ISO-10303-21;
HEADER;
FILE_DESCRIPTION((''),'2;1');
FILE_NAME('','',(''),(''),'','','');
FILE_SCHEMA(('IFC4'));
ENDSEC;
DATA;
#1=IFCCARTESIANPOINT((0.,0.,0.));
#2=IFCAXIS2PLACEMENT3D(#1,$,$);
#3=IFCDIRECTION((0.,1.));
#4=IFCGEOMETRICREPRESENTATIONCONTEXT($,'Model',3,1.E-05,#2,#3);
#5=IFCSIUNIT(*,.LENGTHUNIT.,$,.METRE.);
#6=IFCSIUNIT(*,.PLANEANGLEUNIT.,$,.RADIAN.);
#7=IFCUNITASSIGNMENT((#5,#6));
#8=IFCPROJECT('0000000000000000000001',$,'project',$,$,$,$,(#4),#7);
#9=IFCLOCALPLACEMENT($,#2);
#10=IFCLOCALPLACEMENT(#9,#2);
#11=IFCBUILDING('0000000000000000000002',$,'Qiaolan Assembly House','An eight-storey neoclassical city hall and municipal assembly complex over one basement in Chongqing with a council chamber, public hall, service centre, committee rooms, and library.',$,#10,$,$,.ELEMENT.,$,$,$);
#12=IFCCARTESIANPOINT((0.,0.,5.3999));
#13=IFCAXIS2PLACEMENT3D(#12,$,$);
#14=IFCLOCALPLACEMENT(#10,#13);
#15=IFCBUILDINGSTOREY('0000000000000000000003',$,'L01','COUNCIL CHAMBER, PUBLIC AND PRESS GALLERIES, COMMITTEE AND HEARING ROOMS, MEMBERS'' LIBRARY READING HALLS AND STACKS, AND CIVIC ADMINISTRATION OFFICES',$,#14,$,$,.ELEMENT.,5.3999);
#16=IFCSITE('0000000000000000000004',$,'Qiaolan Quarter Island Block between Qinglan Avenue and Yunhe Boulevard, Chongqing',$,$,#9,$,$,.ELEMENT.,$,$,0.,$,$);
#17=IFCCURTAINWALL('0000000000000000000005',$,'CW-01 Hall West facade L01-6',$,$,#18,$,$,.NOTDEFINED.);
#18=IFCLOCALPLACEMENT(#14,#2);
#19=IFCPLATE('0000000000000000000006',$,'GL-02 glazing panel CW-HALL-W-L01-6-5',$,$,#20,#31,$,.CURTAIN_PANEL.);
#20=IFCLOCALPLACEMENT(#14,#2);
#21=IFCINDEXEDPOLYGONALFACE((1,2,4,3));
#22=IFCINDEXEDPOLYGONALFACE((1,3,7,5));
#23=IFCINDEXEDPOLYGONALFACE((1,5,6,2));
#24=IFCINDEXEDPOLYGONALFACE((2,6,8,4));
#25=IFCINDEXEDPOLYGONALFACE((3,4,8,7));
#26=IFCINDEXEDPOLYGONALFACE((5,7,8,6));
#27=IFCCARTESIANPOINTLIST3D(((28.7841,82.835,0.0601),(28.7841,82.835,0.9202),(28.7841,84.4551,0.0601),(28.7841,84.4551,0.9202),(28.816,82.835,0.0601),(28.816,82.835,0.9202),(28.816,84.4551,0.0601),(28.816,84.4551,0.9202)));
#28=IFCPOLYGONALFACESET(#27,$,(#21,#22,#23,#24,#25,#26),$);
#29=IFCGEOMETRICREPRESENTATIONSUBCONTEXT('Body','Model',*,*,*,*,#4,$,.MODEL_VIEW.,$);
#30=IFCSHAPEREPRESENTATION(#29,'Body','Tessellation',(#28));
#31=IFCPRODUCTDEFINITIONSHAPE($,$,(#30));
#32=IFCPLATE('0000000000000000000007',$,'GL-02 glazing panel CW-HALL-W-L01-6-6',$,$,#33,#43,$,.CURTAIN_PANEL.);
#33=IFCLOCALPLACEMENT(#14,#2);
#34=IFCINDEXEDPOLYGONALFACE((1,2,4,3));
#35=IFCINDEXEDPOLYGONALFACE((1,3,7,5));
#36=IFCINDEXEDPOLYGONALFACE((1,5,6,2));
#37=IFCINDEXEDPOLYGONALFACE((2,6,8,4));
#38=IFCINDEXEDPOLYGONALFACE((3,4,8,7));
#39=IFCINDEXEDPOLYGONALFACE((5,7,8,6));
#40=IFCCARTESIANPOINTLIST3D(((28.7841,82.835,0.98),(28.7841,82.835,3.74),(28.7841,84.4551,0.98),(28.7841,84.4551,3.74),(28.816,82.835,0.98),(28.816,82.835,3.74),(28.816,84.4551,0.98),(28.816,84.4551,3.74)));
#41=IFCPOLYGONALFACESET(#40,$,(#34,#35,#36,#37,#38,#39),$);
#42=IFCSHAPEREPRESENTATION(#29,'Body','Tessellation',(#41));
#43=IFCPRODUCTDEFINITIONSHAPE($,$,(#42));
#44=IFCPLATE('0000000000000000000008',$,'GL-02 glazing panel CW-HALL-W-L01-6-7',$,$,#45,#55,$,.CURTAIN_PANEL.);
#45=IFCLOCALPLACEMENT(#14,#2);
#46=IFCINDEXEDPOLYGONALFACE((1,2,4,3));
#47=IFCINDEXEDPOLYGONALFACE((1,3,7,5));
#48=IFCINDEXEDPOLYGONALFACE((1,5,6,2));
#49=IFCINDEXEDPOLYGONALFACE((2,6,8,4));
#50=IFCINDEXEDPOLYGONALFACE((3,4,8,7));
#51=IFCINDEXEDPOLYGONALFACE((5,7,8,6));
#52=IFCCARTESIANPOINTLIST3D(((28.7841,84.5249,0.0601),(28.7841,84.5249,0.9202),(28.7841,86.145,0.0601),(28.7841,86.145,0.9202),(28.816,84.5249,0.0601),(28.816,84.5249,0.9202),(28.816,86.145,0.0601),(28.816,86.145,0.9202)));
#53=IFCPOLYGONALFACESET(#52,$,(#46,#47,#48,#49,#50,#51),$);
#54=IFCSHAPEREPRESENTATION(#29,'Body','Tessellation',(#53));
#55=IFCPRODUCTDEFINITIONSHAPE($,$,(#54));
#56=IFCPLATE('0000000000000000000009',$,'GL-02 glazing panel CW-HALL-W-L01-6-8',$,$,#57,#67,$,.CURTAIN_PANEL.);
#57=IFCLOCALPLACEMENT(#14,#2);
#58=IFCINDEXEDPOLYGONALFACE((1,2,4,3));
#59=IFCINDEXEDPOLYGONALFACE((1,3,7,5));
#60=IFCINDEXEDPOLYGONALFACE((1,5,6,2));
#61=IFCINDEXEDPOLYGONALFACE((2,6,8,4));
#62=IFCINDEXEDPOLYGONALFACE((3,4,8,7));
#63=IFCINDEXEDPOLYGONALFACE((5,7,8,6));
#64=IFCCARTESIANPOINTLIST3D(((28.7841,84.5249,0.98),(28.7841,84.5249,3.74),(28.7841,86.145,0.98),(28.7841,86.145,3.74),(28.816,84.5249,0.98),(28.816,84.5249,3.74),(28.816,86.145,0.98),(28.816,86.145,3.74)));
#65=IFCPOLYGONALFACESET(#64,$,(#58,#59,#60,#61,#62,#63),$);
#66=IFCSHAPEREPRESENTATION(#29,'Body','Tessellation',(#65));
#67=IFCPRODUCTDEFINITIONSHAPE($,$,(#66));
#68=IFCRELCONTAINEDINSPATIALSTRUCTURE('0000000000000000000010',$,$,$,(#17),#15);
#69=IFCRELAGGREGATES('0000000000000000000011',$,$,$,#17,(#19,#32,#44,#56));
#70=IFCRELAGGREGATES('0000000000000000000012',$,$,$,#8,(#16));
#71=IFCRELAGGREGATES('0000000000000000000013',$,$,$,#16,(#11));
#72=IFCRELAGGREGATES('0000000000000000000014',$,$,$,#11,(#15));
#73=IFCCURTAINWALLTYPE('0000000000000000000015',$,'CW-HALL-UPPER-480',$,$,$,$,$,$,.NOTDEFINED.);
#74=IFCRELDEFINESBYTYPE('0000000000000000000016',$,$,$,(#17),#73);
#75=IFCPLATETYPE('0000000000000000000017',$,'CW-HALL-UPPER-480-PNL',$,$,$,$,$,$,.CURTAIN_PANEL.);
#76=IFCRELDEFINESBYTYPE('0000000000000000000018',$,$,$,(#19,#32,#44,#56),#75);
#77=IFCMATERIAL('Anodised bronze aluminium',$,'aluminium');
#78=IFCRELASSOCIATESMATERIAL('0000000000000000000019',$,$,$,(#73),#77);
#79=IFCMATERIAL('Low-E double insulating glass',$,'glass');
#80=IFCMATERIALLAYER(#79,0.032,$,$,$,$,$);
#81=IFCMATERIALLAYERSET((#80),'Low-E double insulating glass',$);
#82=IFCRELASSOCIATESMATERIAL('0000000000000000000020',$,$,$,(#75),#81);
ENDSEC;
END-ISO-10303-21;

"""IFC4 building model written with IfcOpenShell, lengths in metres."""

from ifc_helpers import new_model, si_unit, direction, frame, frame_2d, origin, place, context, subcontext, project, spatial, rectangle, extrude, material, layer, layer_set, type_object, element, aggregate, save


model = new_model("IFC4")

# Units and contexts
model_context = context("Model", 3, precision=1e-05, world=origin(), true_north=direction((0.0, 1.0)))
body_context = subcontext(model_context, "Body", "Model", "MODEL_VIEW")
ifc_project = project(units=[si_unit("LENGTHUNIT", "METRE"), si_unit("PLANEANGLEUNIT", "RADIAN")], contexts=[model_context])

# Site, building, storey
site_placement = place(None, origin())
site = spatial("IfcSite", under=ifc_project, at=site_placement, Name="Qiaolan Quarter Island Block between Qinglan Avenue and Yunhe Boulevard, Chongqing", CompositionType="ELEMENT", RefElevation=0.0)
building_placement = place(site_placement, origin())
building = spatial("IfcBuilding", under=site, at=building_placement, Name="Qiaolan Assembly House", Description="An eight-storey neoclassical city hall and municipal assembly complex over one basement in Chongqing with a council chamber, public hall, service centre, committee rooms, and library.", CompositionType="ELEMENT")
storey_placement = place(building_placement, frame((0.0, 0.0, 5.3999)))
storey = spatial("IfcBuildingStorey", under=building, at=storey_placement, Name="L01", Description="COUNCIL CHAMBER, PUBLIC AND PRESS GALLERIES, COMMITTEE AND HEARING ROOMS, MEMBERS' LIBRARY READING HALLS AND STACKS, AND CIVIC ADMINISTRATION OFFICES", CompositionType="ELEMENT", Elevation=5.3999)

# Curtain wall
ifc_material_1 = material(Name="Anodised bronze aluminium", Category="aluminium")
curtain_wall_type = type_object("IfcCurtainWallType", Name="CW-HALL-UPPER-480", PredefinedType="NOTDEFINED", material=ifc_material_1)
curtain_wall_placement = place(storey_placement, origin())
curtain_wall = element("IfcCurtainWall", 1, at=curtain_wall_placement, inside=storey, type_object=curtain_wall_type, Name="CW-01 Hall West facade L01-6", PredefinedType="NOTDEFINED")

# Plates
ifc_material_2 = material(Name="Low-E double insulating glass", Category="glass")
ifc_layer = layer(ifc_material_2, 0.032)
ifc_layer_set = layer_set([ifc_layer], Name="Low-E double insulating glass")
plate_type = type_object("IfcPlateType", Name="CW-HALL-UPPER-480-PNL", PredefinedType="CURTAIN_PANEL", material=ifc_layer_set)
plate_1_placement = place(storey_placement, frame((28.8, 82.835, 0.0601), z_axis=(0.0, 0.0, 1.0), x_axis=(0.0, 1.0, 0.0)))
plate_1 = element("IfcPlate", 2, at=plate_1_placement, type_object=plate_type, Name="GL-02 glazing panel CW-HALL-W-L01-6-5", PredefinedType="CURTAIN_PANEL", context=body_context, shape_type="SweptSolid", body=[
    extrude(rectangle(XDim=1.6201, YDim=0.032, at=frame_2d((0.8101, 0.0))), origin(), (0.0, 0.0, 1.0), 0.8601),
])
plate_2_placement = place(storey_placement, frame((28.8, 82.835, 0.98), z_axis=(0.0, 0.0, 1.0), x_axis=(0.0, 1.0, 0.0)))
plate_2 = element("IfcPlate", 3, at=plate_2_placement, type_object=plate_type, Name="GL-02 glazing panel CW-HALL-W-L01-6-6", PredefinedType="CURTAIN_PANEL", context=body_context, shape_type="SweptSolid", body=[
    extrude(rectangle(XDim=1.6201, YDim=0.032, at=frame_2d((0.8101, 0.0))), origin(), (0.0, 0.0, 1.0), 2.76),
])
plate_3_placement = place(storey_placement, frame((28.8, 84.5249, 0.0601), z_axis=(0.0, 0.0, 1.0), x_axis=(0.0, 1.0, 0.0)))
plate_3 = element("IfcPlate", 4, at=plate_3_placement, type_object=plate_type, Name="GL-02 glazing panel CW-HALL-W-L01-6-7", PredefinedType="CURTAIN_PANEL", context=body_context, shape_type="SweptSolid", body=[
    extrude(rectangle(XDim=1.6201, YDim=0.032, at=frame_2d((0.8101, 0.0))), origin(), (0.0, 0.0, 1.0), 0.8601),
])
plate_4_placement = place(storey_placement, frame((28.8, 84.5249, 0.98), z_axis=(0.0, 0.0, 1.0), x_axis=(0.0, 1.0, 0.0)))
plate_4 = element("IfcPlate", 5, at=plate_4_placement, type_object=plate_type, Name="GL-02 glazing panel CW-HALL-W-L01-6-8", PredefinedType="CURTAIN_PANEL", context=body_context, shape_type="SweptSolid", body=[
    extrude(rectangle(XDim=1.6201, YDim=0.032, at=frame_2d((0.8101, 0.0))), origin(), (0.0, 0.0, 1.0), 2.76),
])
aggregate(curtain_wall, [plate_1, plate_2, plate_3, plate_4])

save(model, "model.ifc")
